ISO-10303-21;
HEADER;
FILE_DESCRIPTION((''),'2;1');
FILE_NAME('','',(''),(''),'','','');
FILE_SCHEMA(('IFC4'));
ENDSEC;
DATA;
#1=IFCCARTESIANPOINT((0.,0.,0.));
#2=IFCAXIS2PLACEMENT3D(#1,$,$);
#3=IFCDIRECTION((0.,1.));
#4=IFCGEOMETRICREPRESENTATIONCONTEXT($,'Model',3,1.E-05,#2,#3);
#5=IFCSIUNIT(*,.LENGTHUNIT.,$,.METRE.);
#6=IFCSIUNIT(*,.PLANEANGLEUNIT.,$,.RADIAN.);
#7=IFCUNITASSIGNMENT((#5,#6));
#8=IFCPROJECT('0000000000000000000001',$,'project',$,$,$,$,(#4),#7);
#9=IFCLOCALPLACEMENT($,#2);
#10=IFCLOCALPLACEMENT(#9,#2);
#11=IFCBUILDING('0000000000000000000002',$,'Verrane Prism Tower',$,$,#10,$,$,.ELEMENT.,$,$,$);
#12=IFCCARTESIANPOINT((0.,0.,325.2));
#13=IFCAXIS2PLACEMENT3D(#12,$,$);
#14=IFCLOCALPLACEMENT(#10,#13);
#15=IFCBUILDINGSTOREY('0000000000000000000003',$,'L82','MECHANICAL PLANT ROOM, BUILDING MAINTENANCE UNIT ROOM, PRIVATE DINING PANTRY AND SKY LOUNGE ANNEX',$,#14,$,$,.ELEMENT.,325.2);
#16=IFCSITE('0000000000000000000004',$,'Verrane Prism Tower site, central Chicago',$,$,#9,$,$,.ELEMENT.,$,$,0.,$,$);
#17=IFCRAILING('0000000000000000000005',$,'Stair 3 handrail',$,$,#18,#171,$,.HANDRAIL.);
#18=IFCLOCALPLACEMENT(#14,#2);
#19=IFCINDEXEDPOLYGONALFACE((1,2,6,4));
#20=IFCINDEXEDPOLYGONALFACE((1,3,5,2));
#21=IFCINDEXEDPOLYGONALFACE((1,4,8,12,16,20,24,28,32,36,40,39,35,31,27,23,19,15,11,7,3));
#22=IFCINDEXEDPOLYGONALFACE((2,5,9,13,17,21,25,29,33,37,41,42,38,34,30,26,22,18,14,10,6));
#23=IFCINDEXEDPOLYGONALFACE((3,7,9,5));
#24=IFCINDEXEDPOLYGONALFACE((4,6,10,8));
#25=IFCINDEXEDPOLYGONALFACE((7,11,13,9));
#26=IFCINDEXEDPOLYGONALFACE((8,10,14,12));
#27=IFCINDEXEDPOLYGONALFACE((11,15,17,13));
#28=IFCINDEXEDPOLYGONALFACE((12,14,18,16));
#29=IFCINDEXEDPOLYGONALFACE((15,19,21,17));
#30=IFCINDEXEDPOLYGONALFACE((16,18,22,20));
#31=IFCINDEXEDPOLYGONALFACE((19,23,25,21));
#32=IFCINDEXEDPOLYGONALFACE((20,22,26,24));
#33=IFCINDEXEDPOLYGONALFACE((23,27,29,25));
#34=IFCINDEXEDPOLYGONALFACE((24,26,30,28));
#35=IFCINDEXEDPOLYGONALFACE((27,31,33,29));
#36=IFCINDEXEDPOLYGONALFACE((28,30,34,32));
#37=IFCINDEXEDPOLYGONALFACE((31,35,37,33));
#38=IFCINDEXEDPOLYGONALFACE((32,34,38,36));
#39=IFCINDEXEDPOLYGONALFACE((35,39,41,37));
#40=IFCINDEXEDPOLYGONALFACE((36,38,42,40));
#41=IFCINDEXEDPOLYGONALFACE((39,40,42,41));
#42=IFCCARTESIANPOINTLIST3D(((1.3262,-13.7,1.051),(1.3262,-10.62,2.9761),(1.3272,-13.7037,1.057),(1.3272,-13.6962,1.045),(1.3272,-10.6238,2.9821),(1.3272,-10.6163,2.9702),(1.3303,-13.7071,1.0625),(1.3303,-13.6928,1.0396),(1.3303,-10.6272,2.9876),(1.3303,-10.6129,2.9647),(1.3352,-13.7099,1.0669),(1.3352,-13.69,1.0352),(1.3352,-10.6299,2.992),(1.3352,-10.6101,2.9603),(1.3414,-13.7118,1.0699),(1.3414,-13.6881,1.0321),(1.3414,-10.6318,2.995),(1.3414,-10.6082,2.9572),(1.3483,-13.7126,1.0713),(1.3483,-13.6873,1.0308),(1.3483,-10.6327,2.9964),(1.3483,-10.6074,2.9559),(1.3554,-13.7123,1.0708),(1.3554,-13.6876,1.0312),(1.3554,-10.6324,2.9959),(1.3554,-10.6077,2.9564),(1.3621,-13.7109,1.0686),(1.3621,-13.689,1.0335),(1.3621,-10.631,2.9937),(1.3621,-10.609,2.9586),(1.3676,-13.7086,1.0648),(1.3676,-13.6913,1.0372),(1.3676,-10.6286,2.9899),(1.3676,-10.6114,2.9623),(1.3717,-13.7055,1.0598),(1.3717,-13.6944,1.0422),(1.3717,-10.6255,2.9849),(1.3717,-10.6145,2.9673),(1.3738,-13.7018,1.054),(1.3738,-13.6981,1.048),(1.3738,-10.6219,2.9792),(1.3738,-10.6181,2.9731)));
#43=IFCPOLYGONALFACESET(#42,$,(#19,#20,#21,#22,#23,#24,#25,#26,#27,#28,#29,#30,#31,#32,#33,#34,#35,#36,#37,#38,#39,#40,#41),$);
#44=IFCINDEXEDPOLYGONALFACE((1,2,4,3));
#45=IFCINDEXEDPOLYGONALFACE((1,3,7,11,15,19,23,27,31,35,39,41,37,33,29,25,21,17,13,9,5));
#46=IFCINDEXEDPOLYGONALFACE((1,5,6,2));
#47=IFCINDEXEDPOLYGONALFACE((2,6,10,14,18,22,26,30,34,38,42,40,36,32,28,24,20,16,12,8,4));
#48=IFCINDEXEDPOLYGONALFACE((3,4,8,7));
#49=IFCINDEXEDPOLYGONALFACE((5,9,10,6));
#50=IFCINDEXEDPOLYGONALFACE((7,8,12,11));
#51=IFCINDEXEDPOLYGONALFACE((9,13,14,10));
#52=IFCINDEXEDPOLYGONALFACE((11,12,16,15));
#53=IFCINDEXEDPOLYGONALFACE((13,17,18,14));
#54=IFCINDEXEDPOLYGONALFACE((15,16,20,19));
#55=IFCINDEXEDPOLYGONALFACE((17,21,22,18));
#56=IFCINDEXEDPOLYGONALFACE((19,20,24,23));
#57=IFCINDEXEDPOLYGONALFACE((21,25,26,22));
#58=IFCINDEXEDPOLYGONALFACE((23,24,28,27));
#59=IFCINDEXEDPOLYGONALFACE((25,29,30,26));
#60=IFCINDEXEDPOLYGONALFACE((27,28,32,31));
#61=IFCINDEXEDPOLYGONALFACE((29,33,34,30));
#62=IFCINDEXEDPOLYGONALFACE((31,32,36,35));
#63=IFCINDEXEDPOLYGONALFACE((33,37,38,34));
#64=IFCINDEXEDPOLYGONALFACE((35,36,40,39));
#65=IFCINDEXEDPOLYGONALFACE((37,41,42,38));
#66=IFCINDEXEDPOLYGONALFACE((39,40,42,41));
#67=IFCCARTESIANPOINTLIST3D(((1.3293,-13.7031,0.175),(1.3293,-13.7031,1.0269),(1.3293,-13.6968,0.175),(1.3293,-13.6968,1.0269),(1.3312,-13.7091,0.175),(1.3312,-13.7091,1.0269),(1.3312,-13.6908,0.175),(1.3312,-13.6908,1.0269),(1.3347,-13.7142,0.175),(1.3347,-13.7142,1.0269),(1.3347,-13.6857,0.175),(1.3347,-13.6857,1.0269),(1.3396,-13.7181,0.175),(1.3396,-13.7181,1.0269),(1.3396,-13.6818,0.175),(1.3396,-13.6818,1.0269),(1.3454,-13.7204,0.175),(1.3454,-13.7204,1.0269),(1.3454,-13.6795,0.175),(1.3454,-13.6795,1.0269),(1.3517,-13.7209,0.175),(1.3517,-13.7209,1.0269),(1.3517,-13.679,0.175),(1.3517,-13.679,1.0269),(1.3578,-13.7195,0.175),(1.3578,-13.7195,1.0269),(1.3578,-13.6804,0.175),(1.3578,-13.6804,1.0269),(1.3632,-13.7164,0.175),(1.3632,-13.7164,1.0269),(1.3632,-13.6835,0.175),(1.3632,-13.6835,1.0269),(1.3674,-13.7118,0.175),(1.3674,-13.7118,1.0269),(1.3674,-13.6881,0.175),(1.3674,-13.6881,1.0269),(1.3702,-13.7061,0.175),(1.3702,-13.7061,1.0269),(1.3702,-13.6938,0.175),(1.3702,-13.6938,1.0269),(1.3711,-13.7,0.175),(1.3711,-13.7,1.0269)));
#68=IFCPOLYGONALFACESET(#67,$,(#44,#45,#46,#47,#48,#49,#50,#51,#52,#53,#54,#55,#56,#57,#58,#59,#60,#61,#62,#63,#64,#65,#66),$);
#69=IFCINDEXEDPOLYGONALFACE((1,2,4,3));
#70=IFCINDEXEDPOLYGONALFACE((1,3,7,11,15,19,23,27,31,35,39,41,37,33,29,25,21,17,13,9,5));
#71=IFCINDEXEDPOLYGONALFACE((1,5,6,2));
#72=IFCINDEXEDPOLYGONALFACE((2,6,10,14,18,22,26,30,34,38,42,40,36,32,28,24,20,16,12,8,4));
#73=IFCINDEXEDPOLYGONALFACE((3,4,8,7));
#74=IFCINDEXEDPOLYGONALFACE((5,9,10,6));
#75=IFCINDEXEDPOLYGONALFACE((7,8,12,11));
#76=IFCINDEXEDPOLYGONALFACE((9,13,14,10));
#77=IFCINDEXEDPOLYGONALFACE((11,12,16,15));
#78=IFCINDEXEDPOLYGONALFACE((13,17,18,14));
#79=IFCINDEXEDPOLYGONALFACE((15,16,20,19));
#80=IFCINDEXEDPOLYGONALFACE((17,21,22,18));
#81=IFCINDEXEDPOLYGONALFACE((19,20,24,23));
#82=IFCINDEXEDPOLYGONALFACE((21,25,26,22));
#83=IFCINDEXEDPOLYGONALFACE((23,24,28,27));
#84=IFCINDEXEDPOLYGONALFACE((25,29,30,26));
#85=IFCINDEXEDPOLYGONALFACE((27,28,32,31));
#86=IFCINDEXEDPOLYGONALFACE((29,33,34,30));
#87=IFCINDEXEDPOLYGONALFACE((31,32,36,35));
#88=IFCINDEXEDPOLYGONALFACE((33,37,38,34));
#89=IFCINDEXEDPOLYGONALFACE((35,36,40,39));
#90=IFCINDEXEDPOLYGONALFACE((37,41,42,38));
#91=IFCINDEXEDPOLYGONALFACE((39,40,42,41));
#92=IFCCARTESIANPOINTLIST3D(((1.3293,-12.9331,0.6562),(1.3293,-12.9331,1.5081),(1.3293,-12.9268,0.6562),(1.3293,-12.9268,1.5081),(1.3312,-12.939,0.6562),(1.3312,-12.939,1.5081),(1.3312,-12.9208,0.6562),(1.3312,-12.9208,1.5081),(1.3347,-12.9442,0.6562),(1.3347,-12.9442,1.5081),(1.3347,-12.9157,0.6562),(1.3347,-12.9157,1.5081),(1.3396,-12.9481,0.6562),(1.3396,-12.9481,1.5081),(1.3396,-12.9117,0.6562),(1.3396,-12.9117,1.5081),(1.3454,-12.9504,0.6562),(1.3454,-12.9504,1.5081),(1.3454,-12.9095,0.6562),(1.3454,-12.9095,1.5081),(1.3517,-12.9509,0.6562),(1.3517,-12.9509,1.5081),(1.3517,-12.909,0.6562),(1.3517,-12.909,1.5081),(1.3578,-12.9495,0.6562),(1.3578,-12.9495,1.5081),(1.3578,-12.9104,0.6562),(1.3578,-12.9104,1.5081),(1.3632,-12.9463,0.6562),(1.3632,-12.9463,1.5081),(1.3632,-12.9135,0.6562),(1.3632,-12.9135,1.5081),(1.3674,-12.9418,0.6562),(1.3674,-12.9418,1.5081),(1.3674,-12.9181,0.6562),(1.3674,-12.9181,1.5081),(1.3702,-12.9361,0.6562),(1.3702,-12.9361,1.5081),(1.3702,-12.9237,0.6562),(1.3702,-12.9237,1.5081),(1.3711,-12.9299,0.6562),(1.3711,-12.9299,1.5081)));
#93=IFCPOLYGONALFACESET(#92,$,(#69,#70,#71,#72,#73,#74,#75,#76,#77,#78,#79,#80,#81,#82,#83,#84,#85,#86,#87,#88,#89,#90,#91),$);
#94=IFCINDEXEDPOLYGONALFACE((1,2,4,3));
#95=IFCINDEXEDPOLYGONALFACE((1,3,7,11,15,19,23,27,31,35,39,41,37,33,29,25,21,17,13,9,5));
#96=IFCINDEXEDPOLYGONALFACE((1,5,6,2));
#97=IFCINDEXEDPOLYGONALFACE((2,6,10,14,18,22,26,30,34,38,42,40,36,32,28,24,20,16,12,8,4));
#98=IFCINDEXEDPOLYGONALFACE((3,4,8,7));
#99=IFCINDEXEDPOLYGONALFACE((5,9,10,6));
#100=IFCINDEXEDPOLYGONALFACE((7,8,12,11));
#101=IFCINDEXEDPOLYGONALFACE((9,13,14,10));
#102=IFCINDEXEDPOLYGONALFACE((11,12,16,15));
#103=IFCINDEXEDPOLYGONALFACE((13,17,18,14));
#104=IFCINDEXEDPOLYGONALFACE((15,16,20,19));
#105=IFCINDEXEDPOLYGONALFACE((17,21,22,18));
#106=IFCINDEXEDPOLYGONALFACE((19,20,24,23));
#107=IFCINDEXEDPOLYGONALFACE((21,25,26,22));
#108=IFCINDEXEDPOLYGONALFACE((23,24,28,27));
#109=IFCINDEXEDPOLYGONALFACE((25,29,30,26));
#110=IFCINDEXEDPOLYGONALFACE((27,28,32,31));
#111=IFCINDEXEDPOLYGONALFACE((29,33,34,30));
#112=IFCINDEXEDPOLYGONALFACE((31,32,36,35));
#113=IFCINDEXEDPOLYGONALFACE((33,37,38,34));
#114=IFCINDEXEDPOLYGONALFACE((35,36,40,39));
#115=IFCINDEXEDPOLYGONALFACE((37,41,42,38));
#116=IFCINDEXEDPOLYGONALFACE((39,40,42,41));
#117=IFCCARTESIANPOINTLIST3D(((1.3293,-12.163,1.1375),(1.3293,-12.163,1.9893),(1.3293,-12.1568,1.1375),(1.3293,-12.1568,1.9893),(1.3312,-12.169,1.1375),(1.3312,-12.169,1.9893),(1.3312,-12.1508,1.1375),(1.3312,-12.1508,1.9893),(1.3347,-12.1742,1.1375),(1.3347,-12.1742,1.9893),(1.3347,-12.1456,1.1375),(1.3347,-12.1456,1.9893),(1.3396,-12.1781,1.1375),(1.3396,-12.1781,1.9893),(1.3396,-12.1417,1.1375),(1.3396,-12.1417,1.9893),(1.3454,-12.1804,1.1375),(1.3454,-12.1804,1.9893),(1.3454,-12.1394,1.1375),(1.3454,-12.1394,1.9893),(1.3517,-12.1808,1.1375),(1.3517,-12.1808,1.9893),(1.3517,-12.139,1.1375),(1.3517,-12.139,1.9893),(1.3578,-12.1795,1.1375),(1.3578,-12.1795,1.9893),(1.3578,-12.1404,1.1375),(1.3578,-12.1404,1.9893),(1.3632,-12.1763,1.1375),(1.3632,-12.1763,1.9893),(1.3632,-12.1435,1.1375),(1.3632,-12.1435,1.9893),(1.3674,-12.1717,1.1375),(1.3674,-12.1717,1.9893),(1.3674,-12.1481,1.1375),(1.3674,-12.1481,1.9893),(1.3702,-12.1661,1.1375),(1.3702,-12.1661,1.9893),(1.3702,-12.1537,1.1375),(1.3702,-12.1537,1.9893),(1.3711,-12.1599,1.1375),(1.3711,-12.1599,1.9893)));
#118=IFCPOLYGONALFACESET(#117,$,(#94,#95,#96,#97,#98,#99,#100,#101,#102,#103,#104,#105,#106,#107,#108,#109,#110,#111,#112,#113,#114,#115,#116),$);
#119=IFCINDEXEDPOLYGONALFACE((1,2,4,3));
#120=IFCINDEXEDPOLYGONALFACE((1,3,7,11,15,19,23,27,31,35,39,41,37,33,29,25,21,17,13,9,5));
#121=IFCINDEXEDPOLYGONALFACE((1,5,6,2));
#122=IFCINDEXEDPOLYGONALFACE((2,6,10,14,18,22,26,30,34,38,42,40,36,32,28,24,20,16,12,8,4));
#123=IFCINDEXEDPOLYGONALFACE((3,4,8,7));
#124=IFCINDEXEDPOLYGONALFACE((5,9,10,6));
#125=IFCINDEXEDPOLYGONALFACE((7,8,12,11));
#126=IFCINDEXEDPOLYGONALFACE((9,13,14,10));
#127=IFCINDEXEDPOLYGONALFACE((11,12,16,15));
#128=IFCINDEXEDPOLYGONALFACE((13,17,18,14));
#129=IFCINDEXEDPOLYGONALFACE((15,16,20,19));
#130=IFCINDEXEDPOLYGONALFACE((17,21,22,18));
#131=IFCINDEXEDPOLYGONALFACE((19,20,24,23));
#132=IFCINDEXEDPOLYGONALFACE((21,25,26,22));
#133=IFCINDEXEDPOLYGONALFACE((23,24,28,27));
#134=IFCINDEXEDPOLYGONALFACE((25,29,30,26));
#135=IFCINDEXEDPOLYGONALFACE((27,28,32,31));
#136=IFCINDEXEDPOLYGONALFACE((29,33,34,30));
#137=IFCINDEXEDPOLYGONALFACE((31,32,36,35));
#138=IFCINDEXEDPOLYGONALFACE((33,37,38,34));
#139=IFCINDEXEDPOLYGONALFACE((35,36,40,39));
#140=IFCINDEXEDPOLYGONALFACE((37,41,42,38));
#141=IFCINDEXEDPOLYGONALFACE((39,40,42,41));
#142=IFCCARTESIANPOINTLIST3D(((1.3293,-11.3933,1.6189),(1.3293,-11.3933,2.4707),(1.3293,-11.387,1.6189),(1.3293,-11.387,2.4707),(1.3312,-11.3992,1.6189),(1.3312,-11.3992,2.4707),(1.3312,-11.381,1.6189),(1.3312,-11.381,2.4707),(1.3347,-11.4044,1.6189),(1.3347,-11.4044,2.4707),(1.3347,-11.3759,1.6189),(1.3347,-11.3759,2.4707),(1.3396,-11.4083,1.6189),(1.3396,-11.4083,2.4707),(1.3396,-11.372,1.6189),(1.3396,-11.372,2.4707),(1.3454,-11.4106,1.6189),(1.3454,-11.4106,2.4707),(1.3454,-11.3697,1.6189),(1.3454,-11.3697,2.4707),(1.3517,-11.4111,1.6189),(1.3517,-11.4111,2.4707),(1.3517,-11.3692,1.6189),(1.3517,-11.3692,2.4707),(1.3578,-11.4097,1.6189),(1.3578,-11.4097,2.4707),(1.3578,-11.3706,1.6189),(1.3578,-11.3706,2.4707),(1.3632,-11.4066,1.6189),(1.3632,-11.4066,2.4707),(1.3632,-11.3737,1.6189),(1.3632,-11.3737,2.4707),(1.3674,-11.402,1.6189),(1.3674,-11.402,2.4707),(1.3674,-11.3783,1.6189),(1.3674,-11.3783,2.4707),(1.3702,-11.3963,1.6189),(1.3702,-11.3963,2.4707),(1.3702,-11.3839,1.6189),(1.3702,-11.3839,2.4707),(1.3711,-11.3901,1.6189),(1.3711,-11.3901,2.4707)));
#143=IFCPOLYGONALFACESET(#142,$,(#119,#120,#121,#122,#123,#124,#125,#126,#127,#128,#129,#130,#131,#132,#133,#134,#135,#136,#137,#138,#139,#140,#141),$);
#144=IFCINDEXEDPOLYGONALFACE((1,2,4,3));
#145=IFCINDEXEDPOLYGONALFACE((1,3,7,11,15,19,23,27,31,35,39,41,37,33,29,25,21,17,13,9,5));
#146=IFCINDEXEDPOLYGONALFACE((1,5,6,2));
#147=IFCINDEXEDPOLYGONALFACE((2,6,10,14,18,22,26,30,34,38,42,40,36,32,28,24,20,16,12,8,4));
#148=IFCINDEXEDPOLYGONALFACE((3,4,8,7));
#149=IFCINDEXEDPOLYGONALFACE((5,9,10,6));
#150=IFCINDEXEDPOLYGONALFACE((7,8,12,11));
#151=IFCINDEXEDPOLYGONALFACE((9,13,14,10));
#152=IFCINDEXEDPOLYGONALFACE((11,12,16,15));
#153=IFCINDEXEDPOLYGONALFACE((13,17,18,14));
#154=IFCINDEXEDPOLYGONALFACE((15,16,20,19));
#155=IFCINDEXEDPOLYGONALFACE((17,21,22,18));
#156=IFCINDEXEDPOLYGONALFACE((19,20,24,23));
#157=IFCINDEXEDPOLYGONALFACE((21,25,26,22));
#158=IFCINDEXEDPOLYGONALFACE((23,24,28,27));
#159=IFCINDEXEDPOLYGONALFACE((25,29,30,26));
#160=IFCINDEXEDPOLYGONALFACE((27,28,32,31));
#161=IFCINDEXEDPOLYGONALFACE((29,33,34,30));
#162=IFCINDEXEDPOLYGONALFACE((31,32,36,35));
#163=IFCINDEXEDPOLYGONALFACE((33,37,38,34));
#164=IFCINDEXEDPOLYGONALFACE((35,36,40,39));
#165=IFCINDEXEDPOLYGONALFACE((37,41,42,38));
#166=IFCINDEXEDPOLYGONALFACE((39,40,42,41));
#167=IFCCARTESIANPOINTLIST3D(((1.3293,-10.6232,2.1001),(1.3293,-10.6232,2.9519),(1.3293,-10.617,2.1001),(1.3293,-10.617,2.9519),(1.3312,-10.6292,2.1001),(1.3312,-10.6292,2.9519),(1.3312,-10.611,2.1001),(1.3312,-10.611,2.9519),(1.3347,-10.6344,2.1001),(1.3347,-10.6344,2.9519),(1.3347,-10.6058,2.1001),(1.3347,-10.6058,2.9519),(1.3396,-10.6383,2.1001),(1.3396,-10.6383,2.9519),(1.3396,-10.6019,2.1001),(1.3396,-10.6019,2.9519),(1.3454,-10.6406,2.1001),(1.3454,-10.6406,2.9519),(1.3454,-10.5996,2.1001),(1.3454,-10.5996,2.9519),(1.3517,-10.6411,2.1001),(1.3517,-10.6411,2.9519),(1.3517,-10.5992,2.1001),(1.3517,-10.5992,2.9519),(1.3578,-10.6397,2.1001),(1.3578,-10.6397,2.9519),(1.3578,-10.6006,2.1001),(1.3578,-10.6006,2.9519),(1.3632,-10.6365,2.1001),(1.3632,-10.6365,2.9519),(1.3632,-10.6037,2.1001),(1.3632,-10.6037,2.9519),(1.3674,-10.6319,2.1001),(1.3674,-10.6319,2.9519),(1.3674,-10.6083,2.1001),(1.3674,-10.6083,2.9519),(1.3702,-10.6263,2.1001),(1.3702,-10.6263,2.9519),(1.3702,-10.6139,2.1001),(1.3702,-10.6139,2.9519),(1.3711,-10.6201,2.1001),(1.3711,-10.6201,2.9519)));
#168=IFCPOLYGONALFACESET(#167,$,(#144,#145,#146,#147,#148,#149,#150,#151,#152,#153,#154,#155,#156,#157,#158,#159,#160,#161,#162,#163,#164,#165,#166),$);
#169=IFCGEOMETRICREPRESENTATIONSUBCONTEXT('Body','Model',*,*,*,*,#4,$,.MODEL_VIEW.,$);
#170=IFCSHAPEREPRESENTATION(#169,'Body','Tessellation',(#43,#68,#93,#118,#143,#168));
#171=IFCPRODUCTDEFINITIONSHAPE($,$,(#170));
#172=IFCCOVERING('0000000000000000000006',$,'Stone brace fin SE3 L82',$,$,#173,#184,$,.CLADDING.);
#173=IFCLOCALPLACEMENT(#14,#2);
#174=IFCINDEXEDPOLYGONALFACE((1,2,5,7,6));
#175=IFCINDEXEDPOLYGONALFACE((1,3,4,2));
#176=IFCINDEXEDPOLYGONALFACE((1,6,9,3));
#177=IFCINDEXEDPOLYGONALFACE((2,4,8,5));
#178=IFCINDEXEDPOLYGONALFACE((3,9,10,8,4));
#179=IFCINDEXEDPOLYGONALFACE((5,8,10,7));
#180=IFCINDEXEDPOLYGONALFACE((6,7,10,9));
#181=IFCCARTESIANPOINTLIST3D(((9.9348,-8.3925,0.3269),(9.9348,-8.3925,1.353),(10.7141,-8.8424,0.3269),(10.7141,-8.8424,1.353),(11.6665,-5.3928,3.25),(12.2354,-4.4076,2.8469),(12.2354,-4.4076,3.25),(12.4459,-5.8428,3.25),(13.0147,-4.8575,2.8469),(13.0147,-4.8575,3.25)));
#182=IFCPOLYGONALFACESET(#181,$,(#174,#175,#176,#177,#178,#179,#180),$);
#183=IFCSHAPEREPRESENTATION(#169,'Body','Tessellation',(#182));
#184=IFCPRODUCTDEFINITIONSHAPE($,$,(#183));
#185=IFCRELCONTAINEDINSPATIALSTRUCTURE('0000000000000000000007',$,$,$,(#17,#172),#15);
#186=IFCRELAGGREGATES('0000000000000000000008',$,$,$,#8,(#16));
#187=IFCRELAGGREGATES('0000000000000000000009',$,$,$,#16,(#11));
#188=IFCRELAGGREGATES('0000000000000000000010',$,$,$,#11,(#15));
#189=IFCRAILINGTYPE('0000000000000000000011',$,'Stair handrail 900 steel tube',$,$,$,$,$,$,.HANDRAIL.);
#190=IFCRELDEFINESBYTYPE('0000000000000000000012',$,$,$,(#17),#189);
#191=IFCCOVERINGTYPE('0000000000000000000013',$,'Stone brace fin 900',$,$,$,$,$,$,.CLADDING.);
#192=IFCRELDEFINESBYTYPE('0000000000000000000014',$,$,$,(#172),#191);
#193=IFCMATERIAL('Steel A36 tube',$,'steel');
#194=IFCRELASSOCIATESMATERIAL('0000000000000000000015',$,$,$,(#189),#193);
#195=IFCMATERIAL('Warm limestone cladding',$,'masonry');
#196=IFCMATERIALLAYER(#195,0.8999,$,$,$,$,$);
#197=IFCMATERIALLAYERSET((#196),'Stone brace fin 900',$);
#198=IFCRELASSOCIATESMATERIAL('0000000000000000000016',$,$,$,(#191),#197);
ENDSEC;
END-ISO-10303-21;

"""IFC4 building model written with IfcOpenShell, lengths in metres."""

from ifc_helpers import new_model, si_unit, direction, frame, origin, origin_2d, place, context, subcontext, project, spatial, polyline, circle, outline, extrude, material, layer, layer_set, type_object, element, save


model = new_model("IFC4")

# Units and contexts
model_context = context("Model", 3, precision=1e-05, world=origin(), true_north=direction((0.0, 1.0)))
body_context = subcontext(model_context, "Body", "Model", "MODEL_VIEW")
ifc_project = project(units=[si_unit("LENGTHUNIT", "METRE"), si_unit("PLANEANGLEUNIT", "RADIAN")], contexts=[model_context])

# Site, building, storey
site_placement = place(None, origin())
site = spatial("IfcSite", under=ifc_project, at=site_placement, Name="Verrane Prism Tower site, central Chicago", CompositionType="ELEMENT", RefElevation=0.0)
building_placement = place(site_placement, origin())
building = spatial("IfcBuilding", under=site, at=building_placement, Name="Verrane Prism Tower", CompositionType="ELEMENT")
storey_placement = place(building_placement, frame((0.0, 0.0, 325.2)))
storey = spatial("IfcBuildingStorey", under=building, at=storey_placement, Name="L82", Description="MECHANICAL PLANT ROOM, BUILDING MAINTENANCE UNIT ROOM, PRIVATE DINING PANTRY AND SKY LOUNGE ANNEX", CompositionType="ELEMENT", Elevation=325.2)

# Railing
ifc_material_1 = material(Name="Steel A36 tube", Category="steel")
railing_type = type_object("IfcRailingType", Name="Stair handrail 900 steel tube", PredefinedType="HANDRAIL", material=ifc_material_1)
railing_placement = place(storey_placement, frame((1.3501, -13.7, 0.175)))
element("IfcRailing", 1, at=railing_placement, inside=storey, type_object=railing_type, Name="Stair 3 handrail", PredefinedType="HANDRAIL", context=body_context, shape_type="SweptSolid", body=[
    extrude(circle(Radius=0.0239, at=origin_2d()), frame((0.0, 0.0, 0.876), z_axis=(0.0, 0.847979, 0.530029), x_axis=(-1.0, 0.0, 0.0)), (0.0, 0.0, 1.0), 3.6321),
    extrude(circle(Radius=0.021, at=origin_2d()), origin(), (0.0, 0.0, 1.0), 0.8518),
    extrude(circle(Radius=0.021, at=origin_2d()), frame((0.0, 0.77, 0.4812)), (0.0, 0.0, 1.0), 0.8518),
    extrude(circle(Radius=0.021, at=origin_2d()), frame((0.0, 1.54, 0.9624)), (0.0, 0.0, 1.0), 0.8518),
    extrude(circle(Radius=0.021, at=origin_2d()), frame((0.0, 2.3098, 1.4438)), (0.0, 0.0, 1.0), 0.8518),
    extrude(circle(Radius=0.021, at=origin_2d()), frame((0.0, 3.0798, 1.925)), (0.0, 0.0, 1.0), 0.8518),
])

# Covering
ifc_material_2 = material(Name="Warm limestone cladding", Category="masonry")
ifc_layer_1 = layer(ifc_material_2, 0.8999)
ifc_layer_set_1 = layer_set([ifc_layer_1], Name="Stone brace fin 900")
covering_type = type_object("IfcCoveringType", Name="Stone brace fin 900", PredefinedType="CLADDING", material=ifc_layer_set_1)
covering_placement = place(storey_placement, frame((10.3245, -8.6174, 0.3269), z_axis=(0.0, 0.0, 1.0), x_axis=(0.49998, 0.866037, 0.0)))
element("IfcCovering", 2, at=covering_placement, inside=storey, type_object=covering_type, Name="Stone brace fin SE3 L82", PredefinedType="CLADDING", context=body_context, shape_type="SweptSolid", body=[
    extrude(outline(polyline([(4.6013, 2.9231), (3.4636, 2.9231), (0.0, 1.0261), (0.0, 0.0), (4.6013, 2.52), (4.6013, 2.9231)])), frame((0.0, 0.45, 0.0), z_axis=(0.0, -1.0, 0.0), x_axis=(1.0, 0.0, 0.0)), (0.0, 0.0, 1.0), 0.8999),
])

save(model, "model.ifc")
